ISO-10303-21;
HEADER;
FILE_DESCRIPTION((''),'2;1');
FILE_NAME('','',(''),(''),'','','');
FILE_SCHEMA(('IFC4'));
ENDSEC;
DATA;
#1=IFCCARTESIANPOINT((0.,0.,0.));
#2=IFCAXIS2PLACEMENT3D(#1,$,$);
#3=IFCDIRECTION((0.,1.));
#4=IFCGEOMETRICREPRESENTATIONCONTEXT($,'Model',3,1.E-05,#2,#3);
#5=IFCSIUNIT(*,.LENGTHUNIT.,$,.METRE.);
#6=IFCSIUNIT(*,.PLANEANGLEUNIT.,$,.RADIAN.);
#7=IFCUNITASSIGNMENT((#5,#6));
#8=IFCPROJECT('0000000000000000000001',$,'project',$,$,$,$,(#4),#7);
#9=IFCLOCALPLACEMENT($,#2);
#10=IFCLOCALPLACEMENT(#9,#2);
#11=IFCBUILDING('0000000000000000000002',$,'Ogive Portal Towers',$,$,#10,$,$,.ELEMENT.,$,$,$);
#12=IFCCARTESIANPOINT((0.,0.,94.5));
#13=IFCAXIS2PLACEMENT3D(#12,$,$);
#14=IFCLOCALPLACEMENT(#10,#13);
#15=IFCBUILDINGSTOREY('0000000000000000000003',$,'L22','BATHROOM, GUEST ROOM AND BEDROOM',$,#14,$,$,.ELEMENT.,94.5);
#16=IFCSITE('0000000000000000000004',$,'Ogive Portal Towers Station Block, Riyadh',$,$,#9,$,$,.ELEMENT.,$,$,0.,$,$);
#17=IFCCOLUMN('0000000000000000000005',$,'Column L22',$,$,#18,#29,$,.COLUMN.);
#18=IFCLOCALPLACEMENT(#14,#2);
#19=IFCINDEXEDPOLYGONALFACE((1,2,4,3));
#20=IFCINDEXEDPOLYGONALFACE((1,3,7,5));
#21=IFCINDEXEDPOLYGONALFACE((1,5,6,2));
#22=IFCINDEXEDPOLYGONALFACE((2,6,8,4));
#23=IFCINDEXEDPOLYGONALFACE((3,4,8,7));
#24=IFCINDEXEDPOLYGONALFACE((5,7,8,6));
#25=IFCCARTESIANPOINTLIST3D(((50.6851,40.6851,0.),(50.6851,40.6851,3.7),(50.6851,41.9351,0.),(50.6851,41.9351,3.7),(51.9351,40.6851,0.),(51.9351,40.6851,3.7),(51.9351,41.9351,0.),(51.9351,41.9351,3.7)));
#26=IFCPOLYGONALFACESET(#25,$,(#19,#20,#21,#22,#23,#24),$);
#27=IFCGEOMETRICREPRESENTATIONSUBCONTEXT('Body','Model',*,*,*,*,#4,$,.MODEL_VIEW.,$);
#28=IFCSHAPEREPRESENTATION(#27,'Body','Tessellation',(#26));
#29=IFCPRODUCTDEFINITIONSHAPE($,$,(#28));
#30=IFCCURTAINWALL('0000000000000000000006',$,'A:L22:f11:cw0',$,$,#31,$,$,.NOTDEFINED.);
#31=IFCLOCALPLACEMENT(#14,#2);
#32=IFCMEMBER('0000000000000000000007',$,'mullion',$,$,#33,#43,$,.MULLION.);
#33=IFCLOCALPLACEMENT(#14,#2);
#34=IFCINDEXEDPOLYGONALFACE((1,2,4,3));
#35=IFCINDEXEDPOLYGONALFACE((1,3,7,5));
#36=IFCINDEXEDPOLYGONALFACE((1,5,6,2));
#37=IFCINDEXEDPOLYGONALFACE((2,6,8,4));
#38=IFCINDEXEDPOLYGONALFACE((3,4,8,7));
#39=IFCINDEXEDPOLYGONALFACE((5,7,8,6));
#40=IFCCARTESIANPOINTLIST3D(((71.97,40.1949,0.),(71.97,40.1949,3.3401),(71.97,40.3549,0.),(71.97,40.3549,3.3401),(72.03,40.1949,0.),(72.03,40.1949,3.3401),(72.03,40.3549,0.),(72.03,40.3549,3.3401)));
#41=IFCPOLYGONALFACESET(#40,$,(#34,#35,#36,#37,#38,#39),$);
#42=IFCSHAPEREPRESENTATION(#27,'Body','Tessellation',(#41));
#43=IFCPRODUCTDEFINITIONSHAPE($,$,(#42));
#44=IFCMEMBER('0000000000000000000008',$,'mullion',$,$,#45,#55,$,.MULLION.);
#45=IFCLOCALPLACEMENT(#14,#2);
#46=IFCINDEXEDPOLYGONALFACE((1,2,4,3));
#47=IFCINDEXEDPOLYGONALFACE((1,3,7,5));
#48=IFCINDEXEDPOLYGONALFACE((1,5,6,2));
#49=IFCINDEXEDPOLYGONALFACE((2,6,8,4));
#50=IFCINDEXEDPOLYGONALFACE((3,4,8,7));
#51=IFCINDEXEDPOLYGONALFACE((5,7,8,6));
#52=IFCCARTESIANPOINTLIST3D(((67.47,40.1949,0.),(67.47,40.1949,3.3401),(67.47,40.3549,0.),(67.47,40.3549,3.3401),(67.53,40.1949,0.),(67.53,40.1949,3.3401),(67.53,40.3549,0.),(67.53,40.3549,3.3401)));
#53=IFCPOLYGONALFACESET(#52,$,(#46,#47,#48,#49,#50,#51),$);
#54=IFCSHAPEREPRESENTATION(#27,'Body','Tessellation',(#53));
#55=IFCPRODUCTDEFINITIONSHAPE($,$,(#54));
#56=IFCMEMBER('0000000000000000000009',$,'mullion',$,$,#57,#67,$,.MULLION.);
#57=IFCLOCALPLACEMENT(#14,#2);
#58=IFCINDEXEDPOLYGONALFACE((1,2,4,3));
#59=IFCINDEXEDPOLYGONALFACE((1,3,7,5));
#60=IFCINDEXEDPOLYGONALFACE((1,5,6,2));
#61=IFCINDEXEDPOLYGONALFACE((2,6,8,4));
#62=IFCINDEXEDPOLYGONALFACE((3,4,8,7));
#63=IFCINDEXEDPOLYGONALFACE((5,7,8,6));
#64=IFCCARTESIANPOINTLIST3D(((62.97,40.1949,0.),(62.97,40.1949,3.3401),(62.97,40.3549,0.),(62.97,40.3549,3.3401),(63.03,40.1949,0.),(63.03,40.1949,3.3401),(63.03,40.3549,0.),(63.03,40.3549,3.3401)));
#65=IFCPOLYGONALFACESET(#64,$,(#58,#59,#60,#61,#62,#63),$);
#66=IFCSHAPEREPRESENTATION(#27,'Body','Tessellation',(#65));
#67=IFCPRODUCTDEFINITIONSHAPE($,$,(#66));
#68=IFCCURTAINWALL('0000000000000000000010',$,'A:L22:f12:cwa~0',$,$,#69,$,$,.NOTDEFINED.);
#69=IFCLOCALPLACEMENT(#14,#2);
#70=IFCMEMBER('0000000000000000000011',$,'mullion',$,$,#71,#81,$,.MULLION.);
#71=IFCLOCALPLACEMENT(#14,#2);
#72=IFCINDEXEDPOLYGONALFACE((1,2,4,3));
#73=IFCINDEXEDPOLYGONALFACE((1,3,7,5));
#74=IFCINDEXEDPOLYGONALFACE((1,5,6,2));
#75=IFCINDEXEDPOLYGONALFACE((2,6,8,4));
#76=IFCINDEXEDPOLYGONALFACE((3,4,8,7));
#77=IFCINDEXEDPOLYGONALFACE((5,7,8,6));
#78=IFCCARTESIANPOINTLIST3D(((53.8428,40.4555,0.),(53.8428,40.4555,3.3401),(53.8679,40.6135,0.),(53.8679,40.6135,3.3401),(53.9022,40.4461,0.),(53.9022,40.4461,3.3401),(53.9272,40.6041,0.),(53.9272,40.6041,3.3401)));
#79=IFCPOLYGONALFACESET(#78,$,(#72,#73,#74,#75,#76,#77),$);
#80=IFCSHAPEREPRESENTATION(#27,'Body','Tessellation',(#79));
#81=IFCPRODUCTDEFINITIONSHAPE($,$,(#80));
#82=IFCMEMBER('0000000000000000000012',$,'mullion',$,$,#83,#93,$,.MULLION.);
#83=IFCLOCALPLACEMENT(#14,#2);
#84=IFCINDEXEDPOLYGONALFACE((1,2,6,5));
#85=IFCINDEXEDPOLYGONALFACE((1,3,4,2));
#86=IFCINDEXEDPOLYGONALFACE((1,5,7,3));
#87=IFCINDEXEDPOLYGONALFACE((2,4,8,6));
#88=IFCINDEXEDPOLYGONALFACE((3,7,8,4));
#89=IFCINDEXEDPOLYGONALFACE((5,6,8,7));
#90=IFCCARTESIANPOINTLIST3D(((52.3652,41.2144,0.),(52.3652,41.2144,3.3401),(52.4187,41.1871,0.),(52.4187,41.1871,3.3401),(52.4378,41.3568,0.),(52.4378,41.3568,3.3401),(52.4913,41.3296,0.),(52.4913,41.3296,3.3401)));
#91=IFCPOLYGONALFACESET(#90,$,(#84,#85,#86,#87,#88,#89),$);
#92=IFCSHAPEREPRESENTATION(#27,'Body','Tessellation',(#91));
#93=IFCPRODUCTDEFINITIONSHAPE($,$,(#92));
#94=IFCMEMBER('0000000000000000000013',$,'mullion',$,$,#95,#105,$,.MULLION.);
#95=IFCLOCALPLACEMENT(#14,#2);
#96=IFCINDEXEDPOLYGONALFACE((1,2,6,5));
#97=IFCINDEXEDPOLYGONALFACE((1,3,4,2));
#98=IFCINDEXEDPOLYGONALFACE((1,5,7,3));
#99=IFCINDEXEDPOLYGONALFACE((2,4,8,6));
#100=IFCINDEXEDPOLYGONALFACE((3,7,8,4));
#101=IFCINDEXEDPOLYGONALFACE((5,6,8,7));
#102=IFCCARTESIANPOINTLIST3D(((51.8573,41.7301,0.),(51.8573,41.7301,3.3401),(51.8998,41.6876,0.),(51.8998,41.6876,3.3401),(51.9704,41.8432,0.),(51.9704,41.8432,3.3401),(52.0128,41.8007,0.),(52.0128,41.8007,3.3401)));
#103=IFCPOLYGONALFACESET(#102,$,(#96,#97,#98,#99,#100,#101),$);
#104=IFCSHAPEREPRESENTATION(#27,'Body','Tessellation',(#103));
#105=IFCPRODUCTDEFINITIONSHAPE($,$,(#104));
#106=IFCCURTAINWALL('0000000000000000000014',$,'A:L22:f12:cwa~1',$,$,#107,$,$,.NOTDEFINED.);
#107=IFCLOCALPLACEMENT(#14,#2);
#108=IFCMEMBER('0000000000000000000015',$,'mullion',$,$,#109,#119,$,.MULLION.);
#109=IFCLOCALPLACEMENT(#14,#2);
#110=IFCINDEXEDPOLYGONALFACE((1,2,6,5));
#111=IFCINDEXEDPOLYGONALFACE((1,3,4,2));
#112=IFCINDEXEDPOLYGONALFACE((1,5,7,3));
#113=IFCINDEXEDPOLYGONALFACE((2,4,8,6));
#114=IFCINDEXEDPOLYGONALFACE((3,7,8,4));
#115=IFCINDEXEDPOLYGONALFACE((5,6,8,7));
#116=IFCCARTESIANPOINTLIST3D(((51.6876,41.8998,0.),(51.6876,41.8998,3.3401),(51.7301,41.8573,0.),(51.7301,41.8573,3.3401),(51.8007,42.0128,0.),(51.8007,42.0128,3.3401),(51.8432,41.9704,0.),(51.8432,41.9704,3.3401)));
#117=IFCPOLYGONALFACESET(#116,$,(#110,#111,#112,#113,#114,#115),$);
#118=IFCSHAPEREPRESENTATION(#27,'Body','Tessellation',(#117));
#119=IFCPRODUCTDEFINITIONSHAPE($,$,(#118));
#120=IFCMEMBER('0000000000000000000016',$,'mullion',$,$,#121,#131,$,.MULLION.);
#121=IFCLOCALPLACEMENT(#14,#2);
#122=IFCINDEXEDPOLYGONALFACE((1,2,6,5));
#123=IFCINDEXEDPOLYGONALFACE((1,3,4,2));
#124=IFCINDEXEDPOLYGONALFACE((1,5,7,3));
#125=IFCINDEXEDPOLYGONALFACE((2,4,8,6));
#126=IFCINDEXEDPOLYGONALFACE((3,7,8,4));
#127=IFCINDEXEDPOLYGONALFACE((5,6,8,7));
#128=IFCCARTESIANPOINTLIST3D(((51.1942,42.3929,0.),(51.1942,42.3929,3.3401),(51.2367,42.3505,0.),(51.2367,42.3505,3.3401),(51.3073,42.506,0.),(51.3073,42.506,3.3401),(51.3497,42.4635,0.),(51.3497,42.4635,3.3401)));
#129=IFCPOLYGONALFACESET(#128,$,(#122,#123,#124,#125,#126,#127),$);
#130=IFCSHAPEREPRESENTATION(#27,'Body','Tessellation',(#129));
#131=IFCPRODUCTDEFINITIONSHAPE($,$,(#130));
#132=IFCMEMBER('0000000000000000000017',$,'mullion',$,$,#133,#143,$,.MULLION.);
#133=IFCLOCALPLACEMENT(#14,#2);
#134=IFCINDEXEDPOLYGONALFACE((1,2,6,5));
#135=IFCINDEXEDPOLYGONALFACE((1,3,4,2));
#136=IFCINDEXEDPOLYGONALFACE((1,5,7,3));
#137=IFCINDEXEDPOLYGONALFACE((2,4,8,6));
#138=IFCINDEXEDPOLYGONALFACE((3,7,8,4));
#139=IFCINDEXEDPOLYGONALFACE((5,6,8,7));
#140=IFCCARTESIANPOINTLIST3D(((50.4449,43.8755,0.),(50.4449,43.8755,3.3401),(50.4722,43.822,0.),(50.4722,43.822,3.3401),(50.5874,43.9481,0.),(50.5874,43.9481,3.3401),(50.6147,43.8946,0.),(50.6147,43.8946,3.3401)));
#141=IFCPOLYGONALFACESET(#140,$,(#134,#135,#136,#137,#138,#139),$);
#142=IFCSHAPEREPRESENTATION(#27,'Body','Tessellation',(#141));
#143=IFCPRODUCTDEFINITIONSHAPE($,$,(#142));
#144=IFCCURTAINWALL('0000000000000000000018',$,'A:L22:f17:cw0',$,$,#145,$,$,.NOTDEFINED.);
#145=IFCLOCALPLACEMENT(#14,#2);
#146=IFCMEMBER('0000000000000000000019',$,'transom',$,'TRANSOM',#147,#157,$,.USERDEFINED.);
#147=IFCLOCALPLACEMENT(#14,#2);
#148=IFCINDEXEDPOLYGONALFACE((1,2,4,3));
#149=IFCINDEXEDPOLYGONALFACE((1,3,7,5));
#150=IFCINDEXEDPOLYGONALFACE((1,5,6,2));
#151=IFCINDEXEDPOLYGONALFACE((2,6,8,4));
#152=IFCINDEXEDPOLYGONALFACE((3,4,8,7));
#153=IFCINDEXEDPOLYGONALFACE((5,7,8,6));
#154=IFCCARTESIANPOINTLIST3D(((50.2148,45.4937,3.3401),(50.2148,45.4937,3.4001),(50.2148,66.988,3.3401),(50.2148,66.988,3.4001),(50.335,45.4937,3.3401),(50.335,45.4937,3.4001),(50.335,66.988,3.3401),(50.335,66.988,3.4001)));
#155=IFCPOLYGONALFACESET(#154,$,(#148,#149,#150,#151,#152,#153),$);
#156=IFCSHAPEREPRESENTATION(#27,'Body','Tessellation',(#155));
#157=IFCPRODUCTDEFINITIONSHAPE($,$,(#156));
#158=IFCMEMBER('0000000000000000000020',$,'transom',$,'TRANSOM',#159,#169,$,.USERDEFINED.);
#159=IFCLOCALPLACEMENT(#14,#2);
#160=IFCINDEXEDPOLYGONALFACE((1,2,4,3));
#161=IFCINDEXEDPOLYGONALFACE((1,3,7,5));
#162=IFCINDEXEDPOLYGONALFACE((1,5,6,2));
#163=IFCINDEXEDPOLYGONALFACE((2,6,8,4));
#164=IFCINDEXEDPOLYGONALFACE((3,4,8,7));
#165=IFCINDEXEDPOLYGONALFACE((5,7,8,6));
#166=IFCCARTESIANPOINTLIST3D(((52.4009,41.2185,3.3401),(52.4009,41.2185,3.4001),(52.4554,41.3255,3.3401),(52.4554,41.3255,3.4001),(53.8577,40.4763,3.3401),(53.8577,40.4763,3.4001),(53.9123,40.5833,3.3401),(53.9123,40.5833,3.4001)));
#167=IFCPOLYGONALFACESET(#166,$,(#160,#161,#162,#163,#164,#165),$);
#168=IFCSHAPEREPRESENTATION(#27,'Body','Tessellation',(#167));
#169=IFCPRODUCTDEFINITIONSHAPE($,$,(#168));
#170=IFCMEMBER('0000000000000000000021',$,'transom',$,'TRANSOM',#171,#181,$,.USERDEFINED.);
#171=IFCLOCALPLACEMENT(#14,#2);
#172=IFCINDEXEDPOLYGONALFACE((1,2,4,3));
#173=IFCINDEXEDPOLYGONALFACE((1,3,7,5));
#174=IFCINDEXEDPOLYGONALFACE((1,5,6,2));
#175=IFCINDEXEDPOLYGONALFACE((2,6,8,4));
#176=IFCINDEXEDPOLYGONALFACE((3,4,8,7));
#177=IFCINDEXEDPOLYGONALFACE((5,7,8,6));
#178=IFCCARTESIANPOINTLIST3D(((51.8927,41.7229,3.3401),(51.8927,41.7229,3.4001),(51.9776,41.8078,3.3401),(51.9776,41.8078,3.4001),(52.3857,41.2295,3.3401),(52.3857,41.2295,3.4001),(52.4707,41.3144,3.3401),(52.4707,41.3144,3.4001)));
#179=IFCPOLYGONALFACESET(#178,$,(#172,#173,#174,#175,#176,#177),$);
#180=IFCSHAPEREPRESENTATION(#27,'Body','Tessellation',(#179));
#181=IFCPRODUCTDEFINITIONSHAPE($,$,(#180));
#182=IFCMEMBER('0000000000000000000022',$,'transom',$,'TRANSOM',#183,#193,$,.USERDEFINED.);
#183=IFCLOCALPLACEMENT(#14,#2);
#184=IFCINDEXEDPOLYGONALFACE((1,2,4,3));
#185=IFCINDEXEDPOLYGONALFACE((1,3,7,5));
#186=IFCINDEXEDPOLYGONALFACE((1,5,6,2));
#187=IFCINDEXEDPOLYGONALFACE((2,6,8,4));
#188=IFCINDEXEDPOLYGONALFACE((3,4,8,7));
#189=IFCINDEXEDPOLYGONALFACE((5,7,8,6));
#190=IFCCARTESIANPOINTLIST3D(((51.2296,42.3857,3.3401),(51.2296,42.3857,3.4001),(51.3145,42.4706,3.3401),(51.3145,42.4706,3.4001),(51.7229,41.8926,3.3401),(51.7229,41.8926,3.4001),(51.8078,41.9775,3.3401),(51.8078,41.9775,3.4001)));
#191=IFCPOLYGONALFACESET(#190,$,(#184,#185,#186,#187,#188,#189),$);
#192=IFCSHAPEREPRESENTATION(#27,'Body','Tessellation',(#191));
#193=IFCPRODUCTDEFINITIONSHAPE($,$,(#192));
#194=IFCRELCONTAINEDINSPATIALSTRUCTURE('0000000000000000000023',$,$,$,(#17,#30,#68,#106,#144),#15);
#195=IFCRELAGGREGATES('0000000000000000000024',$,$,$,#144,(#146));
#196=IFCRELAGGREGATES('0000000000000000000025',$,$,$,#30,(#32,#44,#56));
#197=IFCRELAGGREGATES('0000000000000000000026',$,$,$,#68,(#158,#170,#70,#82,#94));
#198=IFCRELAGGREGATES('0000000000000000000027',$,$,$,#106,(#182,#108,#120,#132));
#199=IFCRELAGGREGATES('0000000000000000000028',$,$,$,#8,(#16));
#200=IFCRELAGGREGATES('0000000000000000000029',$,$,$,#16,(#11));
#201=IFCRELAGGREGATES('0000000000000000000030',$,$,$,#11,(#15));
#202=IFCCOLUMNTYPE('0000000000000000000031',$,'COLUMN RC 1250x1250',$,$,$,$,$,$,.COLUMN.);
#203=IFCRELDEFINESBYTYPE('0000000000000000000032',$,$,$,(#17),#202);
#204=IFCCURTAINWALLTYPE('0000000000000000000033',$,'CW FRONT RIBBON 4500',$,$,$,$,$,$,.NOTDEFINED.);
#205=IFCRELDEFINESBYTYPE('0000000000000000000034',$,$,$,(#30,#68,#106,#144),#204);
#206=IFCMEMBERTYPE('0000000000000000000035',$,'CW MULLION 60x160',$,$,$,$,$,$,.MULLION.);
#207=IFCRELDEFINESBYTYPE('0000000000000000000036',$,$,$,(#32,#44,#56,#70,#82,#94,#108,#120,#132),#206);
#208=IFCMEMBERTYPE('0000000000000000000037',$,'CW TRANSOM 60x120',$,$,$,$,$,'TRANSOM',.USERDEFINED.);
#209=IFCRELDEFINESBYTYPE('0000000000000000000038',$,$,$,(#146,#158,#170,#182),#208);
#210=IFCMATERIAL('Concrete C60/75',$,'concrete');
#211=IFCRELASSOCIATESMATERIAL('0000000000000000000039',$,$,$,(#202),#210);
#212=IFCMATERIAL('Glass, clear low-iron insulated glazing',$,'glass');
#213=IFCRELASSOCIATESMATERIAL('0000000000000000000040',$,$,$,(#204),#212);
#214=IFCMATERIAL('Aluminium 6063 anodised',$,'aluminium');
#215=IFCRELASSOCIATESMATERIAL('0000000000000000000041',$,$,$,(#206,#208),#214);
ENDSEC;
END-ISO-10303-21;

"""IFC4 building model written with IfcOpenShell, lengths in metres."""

from ifc_helpers import new_model, si_unit, direction, frame, origin, origin_2d, place, context, subcontext, project, spatial, rectangle, extrude, material, material_profile, profile_set, type_object, element, aggregate, save


model = new_model("IFC4")

# Units and contexts
model_context = context("Model", 3, precision=1e-05, world=origin(), true_north=direction((0.0, 1.0)))
body_context = subcontext(model_context, "Body", "Model", "MODEL_VIEW")
ifc_project = project(units=[si_unit("LENGTHUNIT", "METRE"), si_unit("PLANEANGLEUNIT", "RADIAN")], contexts=[model_context])

# Site, building, storey
site_placement = place(None, origin())
site = spatial("IfcSite", under=ifc_project, at=site_placement, Name="Ogive Portal Towers Station Block, Riyadh", CompositionType="ELEMENT", RefElevation=0.0)
building_placement = place(site_placement, origin())
building = spatial("IfcBuilding", under=site, at=building_placement, Name="Ogive Portal Towers", CompositionType="ELEMENT")
storey_placement = place(building_placement, frame((0.0, 0.0, 94.5)))
storey = spatial("IfcBuildingStorey", under=building, at=storey_placement, Name="L22", Description="BATHROOM, GUEST ROOM AND BEDROOM", CompositionType="ELEMENT", Elevation=94.5)

# Column
ifc_material_1 = material(Name="Concrete C60/75", Category="concrete")
ifc_material_profile_1 = material_profile(ifc_material_1, rectangle(XDim=1.25, YDim=1.25, at=origin_2d()), Name="RC 1250x1250")
ifc_profile_set_1 = profile_set([ifc_material_profile_1], Name="Concrete C60/75")
column_type = type_object("IfcColumnType", Name="COLUMN RC 1250x1250", PredefinedType="COLUMN", material=ifc_profile_set_1)
column_placement = place(storey_placement, frame((51.3101, 41.3101, 0.0), z_axis=(0.0, 0.0, 1.0), x_axis=(1.0, 0.0, 0.0)))
element("IfcColumn", 1, at=column_placement, inside=storey, type_object=column_type, Name="Column L22", PredefinedType="COLUMN", context=body_context, shape_type="SweptSolid", body=[
    extrude(rectangle(XDim=1.25, YDim=1.25, at=origin_2d()), origin(), (0.0, 0.0, 1.0), 3.7),
])

# Curtain walls, members
ifc_material_2 = material(Name="Glass, clear low-iron insulated glazing", Category="glass")
curtain_wall_type = type_object("IfcCurtainWallType", Name="CW FRONT RIBBON 4500", PredefinedType="NOTDEFINED", material=ifc_material_2)
curtain_wall_1_placement = place(storey_placement, origin())
curtain_wall_1 = element("IfcCurtainWall", 2, at=curtain_wall_1_placement, inside=storey, type_object=curtain_wall_type, Name="A:L22:f11:cw0", PredefinedType="NOTDEFINED")
ifc_material_3 = material(Name="Aluminium 6063 anodised", Category="aluminium")
ifc_material_profile_2 = material_profile(ifc_material_3, rectangle(XDim=0.1599, YDim=0.0601, at=origin_2d()), Name="AL 60x160")
ifc_profile_set_2 = profile_set([ifc_material_profile_2], Name="Aluminium 6063 anodised")
member_type_1 = type_object("IfcMemberType", Name="CW MULLION 60x160", PredefinedType="MULLION", material=ifc_profile_set_2)
member_1_placement = place(storey_placement, frame((72.0, 40.2749, 0.0), z_axis=(0.0, 0.0, 1.0), x_axis=(0.0, -1.0, 0.0)))
member_1 = element("IfcMember", 3, at=member_1_placement, type_object=member_type_1, Name="mullion", PredefinedType="MULLION", context=body_context, shape_type="SweptSolid", body=[
    extrude(rectangle(XDim=0.1599, YDim=0.0601, at=origin_2d()), origin(), (0.0, 0.0, 1.0), 3.3401),
])
member_2_placement = place(storey_placement, frame((67.5, 40.2749, 0.0), z_axis=(0.0, 0.0, 1.0), x_axis=(0.0, -1.0, 0.0)))
member_2 = element("IfcMember", 4, at=member_2_placement, type_object=member_type_1, Name="mullion", PredefinedType="MULLION", context=body_context, shape_type="SweptSolid", body=[
    extrude(rectangle(XDim=0.1599, YDim=0.0601, at=origin_2d()), origin(), (0.0, 0.0, 1.0), 3.3401),
])
member_3_placement = place(storey_placement, frame((63.0, 40.2749, 0.0), z_axis=(0.0, 0.0, 1.0), x_axis=(0.0, -1.0, 0.0)))
member_3 = element("IfcMember", 5, at=member_3_placement, type_object=member_type_1, Name="mullion", PredefinedType="MULLION", context=body_context, shape_type="SweptSolid", body=[
    extrude(rectangle(XDim=0.1599, YDim=0.0601, at=origin_2d()), origin(), (0.0, 0.0, 1.0), 3.3401),
])
curtain_wall_2_placement = place(storey_placement, origin())
curtain_wall_2 = element("IfcCurtainWall", 6, at=curtain_wall_2_placement, inside=storey, type_object=curtain_wall_type, Name="A:L22:f12:cwa~0", PredefinedType="NOTDEFINED")
member_4_placement = place(storey_placement, frame((53.885, 40.5298, 0.0), z_axis=(0.0, 0.0, 1.0), x_axis=(-0.156434, -0.987688, 0.0)))
member_4 = element("IfcMember", 7, at=member_4_placement, type_object=member_type_1, Name="mullion", PredefinedType="MULLION", context=body_context, shape_type="SweptSolid", body=[
    extrude(rectangle(XDim=0.1599, YDim=0.0601, at=origin_2d()), origin(), (0.0, 0.0, 1.0), 3.3401),
])
member_5_placement = place(storey_placement, frame((52.4282, 41.272, 0.0), z_axis=(0.0, 0.0, 1.0), x_axis=(-0.45399, -0.891007, 0.0)))
member_5 = element("IfcMember", 8, at=member_5_placement, type_object=member_type_1, Name="mullion", PredefinedType="MULLION", context=body_context, shape_type="SweptSolid", body=[
    extrude(rectangle(XDim=0.1599, YDim=0.0601, at=origin_2d()), origin(), (0.0, 0.0, 1.0), 3.3401),
])
member_6_placement = place(storey_placement, frame((51.9351, 41.7654, 0.0), z_axis=(0.0, 0.0, 1.0), x_axis=(-0.707107, -0.707107, 0.0)))
member_6 = element("IfcMember", 9, at=member_6_placement, type_object=member_type_1, Name="mullion", PredefinedType="MULLION", context=body_context, shape_type="SweptSolid", body=[
    extrude(rectangle(XDim=0.1599, YDim=0.0601, at=origin_2d()), origin(), (0.0, 0.0, 1.0), 3.3401),
])
curtain_wall_3_placement = place(storey_placement, origin())
curtain_wall_3 = element("IfcCurtainWall", 10, at=curtain_wall_3_placement, inside=storey, type_object=curtain_wall_type, Name="A:L22:f12:cwa~1", PredefinedType="NOTDEFINED")
member_7_placement = place(storey_placement, frame((51.7654, 41.9351, 0.0), z_axis=(0.0, 0.0, 1.0), x_axis=(-0.707107, -0.707107, 0.0)))
member_7 = element("IfcMember", 11, at=member_7_placement, type_object=member_type_1, Name="mullion", PredefinedType="MULLION", context=body_context, shape_type="SweptSolid", body=[
    extrude(rectangle(XDim=0.1599, YDim=0.0601, at=origin_2d()), origin(), (0.0, 0.0, 1.0), 3.3401),
])
member_8_placement = place(storey_placement, frame((51.272, 42.4282, 0.0), z_axis=(0.0, 0.0, 1.0), x_axis=(-0.707107, -0.707107, 0.0)))
member_8 = element("IfcMember", 12, at=member_8_placement, type_object=member_type_1, Name="mullion", PredefinedType="MULLION", context=body_context, shape_type="SweptSolid", body=[
    extrude(rectangle(XDim=0.1599, YDim=0.0601, at=origin_2d()), origin(), (0.0, 0.0, 1.0), 3.3401),
])
member_9_placement = place(storey_placement, frame((50.5298, 43.885, 0.0), z_axis=(0.0, 0.0, 1.0), x_axis=(-0.891007, -0.45399, 0.0)))
member_9 = element("IfcMember", 13, at=member_9_placement, type_object=member_type_1, Name="mullion", PredefinedType="MULLION", context=body_context, shape_type="SweptSolid", body=[
    extrude(rectangle(XDim=0.1599, YDim=0.0601, at=origin_2d()), origin(), (0.0, 0.0, 1.0), 3.3401),
])

# Curtain wall, member
curtain_wall_4_placement = place(storey_placement, origin())
curtain_wall_4 = element("IfcCurtainWall", 14, at=curtain_wall_4_placement, inside=storey, type_object=curtain_wall_type, Name="A:L22:f17:cw0", PredefinedType="NOTDEFINED")
ifc_material_profile_3 = material_profile(ifc_material_3, rectangle(XDim=0.1201, YDim=0.0601, at=origin_2d()), Name="AL 120x60")
ifc_profile_set_3 = profile_set([ifc_material_profile_3], Name="Aluminium 6063 anodised")
member_type_2 = type_object("IfcMemberType", Name="CW TRANSOM 60x120", ElementType="TRANSOM", PredefinedType="USERDEFINED", material=ifc_profile_set_3)
member_10_placement = place(storey_placement, frame((50.2749, 45.4937, 3.3701), z_axis=(0.0, 1.0, 0.0), x_axis=(-1.0, 0.0, 0.0)))
member_10 = element("IfcMember", 15, at=member_10_placement, type_object=member_type_2, Name="transom", ObjectType="TRANSOM", PredefinedType="USERDEFINED", context=body_context, shape_type="SweptSolid", body=[
    extrude(rectangle(XDim=0.1201, YDim=0.0601, at=origin_2d()), origin(), (0.0, 0.0, 1.0), 21.4944),
])
aggregate(curtain_wall_4, [member_10])

# Members
member_11_placement = place(storey_placement, frame((53.885, 40.5298, 3.3701), z_axis=(-0.891027, 0.45395, 0.0), x_axis=(-0.45395, -0.891027, 0.0)))
member_11 = element("IfcMember", 16, at=member_11_placement, type_object=member_type_2, Name="transom", ObjectType="TRANSOM", PredefinedType="USERDEFINED", context=body_context, shape_type="SweptSolid", body=[
    extrude(rectangle(XDim=0.1201, YDim=0.0601, at=origin_2d()), origin(), (0.0, 0.0, 1.0), 1.635),
])
member_12_placement = place(storey_placement, frame((52.4282, 41.272, 3.3701), z_axis=(-0.706932, 0.707282, 0.0), x_axis=(-0.707282, -0.706932, 0.0)))
member_12 = element("IfcMember", 17, at=member_12_placement, type_object=member_type_2, Name="transom", ObjectType="TRANSOM", PredefinedType="USERDEFINED", context=body_context, shape_type="SweptSolid", body=[
    extrude(rectangle(XDim=0.1201, YDim=0.0601, at=origin_2d()), origin(), (0.0, 0.0, 1.0), 0.6975),
])
member_13_placement = place(storey_placement, frame((51.7654, 41.9351, 3.3701), z_axis=(-0.707282, 0.706932, 0.0), x_axis=(-0.706932, -0.707282, 0.0)))
member_13 = element("IfcMember", 18, at=member_13_placement, type_object=member_type_2, Name="transom", ObjectType="TRANSOM", PredefinedType="USERDEFINED", context=body_context, shape_type="SweptSolid", body=[
    extrude(rectangle(XDim=0.1201, YDim=0.0601, at=origin_2d()), origin(), (0.0, 0.0, 1.0), 0.6975),
])

aggregate(curtain_wall_1, [member_1, member_2, member_3])
aggregate(curtain_wall_2, [member_11, member_12, member_4, member_5, member_6])
aggregate(curtain_wall_3, [member_13, member_7, member_8, member_9])

save(model, "model.ifc")
